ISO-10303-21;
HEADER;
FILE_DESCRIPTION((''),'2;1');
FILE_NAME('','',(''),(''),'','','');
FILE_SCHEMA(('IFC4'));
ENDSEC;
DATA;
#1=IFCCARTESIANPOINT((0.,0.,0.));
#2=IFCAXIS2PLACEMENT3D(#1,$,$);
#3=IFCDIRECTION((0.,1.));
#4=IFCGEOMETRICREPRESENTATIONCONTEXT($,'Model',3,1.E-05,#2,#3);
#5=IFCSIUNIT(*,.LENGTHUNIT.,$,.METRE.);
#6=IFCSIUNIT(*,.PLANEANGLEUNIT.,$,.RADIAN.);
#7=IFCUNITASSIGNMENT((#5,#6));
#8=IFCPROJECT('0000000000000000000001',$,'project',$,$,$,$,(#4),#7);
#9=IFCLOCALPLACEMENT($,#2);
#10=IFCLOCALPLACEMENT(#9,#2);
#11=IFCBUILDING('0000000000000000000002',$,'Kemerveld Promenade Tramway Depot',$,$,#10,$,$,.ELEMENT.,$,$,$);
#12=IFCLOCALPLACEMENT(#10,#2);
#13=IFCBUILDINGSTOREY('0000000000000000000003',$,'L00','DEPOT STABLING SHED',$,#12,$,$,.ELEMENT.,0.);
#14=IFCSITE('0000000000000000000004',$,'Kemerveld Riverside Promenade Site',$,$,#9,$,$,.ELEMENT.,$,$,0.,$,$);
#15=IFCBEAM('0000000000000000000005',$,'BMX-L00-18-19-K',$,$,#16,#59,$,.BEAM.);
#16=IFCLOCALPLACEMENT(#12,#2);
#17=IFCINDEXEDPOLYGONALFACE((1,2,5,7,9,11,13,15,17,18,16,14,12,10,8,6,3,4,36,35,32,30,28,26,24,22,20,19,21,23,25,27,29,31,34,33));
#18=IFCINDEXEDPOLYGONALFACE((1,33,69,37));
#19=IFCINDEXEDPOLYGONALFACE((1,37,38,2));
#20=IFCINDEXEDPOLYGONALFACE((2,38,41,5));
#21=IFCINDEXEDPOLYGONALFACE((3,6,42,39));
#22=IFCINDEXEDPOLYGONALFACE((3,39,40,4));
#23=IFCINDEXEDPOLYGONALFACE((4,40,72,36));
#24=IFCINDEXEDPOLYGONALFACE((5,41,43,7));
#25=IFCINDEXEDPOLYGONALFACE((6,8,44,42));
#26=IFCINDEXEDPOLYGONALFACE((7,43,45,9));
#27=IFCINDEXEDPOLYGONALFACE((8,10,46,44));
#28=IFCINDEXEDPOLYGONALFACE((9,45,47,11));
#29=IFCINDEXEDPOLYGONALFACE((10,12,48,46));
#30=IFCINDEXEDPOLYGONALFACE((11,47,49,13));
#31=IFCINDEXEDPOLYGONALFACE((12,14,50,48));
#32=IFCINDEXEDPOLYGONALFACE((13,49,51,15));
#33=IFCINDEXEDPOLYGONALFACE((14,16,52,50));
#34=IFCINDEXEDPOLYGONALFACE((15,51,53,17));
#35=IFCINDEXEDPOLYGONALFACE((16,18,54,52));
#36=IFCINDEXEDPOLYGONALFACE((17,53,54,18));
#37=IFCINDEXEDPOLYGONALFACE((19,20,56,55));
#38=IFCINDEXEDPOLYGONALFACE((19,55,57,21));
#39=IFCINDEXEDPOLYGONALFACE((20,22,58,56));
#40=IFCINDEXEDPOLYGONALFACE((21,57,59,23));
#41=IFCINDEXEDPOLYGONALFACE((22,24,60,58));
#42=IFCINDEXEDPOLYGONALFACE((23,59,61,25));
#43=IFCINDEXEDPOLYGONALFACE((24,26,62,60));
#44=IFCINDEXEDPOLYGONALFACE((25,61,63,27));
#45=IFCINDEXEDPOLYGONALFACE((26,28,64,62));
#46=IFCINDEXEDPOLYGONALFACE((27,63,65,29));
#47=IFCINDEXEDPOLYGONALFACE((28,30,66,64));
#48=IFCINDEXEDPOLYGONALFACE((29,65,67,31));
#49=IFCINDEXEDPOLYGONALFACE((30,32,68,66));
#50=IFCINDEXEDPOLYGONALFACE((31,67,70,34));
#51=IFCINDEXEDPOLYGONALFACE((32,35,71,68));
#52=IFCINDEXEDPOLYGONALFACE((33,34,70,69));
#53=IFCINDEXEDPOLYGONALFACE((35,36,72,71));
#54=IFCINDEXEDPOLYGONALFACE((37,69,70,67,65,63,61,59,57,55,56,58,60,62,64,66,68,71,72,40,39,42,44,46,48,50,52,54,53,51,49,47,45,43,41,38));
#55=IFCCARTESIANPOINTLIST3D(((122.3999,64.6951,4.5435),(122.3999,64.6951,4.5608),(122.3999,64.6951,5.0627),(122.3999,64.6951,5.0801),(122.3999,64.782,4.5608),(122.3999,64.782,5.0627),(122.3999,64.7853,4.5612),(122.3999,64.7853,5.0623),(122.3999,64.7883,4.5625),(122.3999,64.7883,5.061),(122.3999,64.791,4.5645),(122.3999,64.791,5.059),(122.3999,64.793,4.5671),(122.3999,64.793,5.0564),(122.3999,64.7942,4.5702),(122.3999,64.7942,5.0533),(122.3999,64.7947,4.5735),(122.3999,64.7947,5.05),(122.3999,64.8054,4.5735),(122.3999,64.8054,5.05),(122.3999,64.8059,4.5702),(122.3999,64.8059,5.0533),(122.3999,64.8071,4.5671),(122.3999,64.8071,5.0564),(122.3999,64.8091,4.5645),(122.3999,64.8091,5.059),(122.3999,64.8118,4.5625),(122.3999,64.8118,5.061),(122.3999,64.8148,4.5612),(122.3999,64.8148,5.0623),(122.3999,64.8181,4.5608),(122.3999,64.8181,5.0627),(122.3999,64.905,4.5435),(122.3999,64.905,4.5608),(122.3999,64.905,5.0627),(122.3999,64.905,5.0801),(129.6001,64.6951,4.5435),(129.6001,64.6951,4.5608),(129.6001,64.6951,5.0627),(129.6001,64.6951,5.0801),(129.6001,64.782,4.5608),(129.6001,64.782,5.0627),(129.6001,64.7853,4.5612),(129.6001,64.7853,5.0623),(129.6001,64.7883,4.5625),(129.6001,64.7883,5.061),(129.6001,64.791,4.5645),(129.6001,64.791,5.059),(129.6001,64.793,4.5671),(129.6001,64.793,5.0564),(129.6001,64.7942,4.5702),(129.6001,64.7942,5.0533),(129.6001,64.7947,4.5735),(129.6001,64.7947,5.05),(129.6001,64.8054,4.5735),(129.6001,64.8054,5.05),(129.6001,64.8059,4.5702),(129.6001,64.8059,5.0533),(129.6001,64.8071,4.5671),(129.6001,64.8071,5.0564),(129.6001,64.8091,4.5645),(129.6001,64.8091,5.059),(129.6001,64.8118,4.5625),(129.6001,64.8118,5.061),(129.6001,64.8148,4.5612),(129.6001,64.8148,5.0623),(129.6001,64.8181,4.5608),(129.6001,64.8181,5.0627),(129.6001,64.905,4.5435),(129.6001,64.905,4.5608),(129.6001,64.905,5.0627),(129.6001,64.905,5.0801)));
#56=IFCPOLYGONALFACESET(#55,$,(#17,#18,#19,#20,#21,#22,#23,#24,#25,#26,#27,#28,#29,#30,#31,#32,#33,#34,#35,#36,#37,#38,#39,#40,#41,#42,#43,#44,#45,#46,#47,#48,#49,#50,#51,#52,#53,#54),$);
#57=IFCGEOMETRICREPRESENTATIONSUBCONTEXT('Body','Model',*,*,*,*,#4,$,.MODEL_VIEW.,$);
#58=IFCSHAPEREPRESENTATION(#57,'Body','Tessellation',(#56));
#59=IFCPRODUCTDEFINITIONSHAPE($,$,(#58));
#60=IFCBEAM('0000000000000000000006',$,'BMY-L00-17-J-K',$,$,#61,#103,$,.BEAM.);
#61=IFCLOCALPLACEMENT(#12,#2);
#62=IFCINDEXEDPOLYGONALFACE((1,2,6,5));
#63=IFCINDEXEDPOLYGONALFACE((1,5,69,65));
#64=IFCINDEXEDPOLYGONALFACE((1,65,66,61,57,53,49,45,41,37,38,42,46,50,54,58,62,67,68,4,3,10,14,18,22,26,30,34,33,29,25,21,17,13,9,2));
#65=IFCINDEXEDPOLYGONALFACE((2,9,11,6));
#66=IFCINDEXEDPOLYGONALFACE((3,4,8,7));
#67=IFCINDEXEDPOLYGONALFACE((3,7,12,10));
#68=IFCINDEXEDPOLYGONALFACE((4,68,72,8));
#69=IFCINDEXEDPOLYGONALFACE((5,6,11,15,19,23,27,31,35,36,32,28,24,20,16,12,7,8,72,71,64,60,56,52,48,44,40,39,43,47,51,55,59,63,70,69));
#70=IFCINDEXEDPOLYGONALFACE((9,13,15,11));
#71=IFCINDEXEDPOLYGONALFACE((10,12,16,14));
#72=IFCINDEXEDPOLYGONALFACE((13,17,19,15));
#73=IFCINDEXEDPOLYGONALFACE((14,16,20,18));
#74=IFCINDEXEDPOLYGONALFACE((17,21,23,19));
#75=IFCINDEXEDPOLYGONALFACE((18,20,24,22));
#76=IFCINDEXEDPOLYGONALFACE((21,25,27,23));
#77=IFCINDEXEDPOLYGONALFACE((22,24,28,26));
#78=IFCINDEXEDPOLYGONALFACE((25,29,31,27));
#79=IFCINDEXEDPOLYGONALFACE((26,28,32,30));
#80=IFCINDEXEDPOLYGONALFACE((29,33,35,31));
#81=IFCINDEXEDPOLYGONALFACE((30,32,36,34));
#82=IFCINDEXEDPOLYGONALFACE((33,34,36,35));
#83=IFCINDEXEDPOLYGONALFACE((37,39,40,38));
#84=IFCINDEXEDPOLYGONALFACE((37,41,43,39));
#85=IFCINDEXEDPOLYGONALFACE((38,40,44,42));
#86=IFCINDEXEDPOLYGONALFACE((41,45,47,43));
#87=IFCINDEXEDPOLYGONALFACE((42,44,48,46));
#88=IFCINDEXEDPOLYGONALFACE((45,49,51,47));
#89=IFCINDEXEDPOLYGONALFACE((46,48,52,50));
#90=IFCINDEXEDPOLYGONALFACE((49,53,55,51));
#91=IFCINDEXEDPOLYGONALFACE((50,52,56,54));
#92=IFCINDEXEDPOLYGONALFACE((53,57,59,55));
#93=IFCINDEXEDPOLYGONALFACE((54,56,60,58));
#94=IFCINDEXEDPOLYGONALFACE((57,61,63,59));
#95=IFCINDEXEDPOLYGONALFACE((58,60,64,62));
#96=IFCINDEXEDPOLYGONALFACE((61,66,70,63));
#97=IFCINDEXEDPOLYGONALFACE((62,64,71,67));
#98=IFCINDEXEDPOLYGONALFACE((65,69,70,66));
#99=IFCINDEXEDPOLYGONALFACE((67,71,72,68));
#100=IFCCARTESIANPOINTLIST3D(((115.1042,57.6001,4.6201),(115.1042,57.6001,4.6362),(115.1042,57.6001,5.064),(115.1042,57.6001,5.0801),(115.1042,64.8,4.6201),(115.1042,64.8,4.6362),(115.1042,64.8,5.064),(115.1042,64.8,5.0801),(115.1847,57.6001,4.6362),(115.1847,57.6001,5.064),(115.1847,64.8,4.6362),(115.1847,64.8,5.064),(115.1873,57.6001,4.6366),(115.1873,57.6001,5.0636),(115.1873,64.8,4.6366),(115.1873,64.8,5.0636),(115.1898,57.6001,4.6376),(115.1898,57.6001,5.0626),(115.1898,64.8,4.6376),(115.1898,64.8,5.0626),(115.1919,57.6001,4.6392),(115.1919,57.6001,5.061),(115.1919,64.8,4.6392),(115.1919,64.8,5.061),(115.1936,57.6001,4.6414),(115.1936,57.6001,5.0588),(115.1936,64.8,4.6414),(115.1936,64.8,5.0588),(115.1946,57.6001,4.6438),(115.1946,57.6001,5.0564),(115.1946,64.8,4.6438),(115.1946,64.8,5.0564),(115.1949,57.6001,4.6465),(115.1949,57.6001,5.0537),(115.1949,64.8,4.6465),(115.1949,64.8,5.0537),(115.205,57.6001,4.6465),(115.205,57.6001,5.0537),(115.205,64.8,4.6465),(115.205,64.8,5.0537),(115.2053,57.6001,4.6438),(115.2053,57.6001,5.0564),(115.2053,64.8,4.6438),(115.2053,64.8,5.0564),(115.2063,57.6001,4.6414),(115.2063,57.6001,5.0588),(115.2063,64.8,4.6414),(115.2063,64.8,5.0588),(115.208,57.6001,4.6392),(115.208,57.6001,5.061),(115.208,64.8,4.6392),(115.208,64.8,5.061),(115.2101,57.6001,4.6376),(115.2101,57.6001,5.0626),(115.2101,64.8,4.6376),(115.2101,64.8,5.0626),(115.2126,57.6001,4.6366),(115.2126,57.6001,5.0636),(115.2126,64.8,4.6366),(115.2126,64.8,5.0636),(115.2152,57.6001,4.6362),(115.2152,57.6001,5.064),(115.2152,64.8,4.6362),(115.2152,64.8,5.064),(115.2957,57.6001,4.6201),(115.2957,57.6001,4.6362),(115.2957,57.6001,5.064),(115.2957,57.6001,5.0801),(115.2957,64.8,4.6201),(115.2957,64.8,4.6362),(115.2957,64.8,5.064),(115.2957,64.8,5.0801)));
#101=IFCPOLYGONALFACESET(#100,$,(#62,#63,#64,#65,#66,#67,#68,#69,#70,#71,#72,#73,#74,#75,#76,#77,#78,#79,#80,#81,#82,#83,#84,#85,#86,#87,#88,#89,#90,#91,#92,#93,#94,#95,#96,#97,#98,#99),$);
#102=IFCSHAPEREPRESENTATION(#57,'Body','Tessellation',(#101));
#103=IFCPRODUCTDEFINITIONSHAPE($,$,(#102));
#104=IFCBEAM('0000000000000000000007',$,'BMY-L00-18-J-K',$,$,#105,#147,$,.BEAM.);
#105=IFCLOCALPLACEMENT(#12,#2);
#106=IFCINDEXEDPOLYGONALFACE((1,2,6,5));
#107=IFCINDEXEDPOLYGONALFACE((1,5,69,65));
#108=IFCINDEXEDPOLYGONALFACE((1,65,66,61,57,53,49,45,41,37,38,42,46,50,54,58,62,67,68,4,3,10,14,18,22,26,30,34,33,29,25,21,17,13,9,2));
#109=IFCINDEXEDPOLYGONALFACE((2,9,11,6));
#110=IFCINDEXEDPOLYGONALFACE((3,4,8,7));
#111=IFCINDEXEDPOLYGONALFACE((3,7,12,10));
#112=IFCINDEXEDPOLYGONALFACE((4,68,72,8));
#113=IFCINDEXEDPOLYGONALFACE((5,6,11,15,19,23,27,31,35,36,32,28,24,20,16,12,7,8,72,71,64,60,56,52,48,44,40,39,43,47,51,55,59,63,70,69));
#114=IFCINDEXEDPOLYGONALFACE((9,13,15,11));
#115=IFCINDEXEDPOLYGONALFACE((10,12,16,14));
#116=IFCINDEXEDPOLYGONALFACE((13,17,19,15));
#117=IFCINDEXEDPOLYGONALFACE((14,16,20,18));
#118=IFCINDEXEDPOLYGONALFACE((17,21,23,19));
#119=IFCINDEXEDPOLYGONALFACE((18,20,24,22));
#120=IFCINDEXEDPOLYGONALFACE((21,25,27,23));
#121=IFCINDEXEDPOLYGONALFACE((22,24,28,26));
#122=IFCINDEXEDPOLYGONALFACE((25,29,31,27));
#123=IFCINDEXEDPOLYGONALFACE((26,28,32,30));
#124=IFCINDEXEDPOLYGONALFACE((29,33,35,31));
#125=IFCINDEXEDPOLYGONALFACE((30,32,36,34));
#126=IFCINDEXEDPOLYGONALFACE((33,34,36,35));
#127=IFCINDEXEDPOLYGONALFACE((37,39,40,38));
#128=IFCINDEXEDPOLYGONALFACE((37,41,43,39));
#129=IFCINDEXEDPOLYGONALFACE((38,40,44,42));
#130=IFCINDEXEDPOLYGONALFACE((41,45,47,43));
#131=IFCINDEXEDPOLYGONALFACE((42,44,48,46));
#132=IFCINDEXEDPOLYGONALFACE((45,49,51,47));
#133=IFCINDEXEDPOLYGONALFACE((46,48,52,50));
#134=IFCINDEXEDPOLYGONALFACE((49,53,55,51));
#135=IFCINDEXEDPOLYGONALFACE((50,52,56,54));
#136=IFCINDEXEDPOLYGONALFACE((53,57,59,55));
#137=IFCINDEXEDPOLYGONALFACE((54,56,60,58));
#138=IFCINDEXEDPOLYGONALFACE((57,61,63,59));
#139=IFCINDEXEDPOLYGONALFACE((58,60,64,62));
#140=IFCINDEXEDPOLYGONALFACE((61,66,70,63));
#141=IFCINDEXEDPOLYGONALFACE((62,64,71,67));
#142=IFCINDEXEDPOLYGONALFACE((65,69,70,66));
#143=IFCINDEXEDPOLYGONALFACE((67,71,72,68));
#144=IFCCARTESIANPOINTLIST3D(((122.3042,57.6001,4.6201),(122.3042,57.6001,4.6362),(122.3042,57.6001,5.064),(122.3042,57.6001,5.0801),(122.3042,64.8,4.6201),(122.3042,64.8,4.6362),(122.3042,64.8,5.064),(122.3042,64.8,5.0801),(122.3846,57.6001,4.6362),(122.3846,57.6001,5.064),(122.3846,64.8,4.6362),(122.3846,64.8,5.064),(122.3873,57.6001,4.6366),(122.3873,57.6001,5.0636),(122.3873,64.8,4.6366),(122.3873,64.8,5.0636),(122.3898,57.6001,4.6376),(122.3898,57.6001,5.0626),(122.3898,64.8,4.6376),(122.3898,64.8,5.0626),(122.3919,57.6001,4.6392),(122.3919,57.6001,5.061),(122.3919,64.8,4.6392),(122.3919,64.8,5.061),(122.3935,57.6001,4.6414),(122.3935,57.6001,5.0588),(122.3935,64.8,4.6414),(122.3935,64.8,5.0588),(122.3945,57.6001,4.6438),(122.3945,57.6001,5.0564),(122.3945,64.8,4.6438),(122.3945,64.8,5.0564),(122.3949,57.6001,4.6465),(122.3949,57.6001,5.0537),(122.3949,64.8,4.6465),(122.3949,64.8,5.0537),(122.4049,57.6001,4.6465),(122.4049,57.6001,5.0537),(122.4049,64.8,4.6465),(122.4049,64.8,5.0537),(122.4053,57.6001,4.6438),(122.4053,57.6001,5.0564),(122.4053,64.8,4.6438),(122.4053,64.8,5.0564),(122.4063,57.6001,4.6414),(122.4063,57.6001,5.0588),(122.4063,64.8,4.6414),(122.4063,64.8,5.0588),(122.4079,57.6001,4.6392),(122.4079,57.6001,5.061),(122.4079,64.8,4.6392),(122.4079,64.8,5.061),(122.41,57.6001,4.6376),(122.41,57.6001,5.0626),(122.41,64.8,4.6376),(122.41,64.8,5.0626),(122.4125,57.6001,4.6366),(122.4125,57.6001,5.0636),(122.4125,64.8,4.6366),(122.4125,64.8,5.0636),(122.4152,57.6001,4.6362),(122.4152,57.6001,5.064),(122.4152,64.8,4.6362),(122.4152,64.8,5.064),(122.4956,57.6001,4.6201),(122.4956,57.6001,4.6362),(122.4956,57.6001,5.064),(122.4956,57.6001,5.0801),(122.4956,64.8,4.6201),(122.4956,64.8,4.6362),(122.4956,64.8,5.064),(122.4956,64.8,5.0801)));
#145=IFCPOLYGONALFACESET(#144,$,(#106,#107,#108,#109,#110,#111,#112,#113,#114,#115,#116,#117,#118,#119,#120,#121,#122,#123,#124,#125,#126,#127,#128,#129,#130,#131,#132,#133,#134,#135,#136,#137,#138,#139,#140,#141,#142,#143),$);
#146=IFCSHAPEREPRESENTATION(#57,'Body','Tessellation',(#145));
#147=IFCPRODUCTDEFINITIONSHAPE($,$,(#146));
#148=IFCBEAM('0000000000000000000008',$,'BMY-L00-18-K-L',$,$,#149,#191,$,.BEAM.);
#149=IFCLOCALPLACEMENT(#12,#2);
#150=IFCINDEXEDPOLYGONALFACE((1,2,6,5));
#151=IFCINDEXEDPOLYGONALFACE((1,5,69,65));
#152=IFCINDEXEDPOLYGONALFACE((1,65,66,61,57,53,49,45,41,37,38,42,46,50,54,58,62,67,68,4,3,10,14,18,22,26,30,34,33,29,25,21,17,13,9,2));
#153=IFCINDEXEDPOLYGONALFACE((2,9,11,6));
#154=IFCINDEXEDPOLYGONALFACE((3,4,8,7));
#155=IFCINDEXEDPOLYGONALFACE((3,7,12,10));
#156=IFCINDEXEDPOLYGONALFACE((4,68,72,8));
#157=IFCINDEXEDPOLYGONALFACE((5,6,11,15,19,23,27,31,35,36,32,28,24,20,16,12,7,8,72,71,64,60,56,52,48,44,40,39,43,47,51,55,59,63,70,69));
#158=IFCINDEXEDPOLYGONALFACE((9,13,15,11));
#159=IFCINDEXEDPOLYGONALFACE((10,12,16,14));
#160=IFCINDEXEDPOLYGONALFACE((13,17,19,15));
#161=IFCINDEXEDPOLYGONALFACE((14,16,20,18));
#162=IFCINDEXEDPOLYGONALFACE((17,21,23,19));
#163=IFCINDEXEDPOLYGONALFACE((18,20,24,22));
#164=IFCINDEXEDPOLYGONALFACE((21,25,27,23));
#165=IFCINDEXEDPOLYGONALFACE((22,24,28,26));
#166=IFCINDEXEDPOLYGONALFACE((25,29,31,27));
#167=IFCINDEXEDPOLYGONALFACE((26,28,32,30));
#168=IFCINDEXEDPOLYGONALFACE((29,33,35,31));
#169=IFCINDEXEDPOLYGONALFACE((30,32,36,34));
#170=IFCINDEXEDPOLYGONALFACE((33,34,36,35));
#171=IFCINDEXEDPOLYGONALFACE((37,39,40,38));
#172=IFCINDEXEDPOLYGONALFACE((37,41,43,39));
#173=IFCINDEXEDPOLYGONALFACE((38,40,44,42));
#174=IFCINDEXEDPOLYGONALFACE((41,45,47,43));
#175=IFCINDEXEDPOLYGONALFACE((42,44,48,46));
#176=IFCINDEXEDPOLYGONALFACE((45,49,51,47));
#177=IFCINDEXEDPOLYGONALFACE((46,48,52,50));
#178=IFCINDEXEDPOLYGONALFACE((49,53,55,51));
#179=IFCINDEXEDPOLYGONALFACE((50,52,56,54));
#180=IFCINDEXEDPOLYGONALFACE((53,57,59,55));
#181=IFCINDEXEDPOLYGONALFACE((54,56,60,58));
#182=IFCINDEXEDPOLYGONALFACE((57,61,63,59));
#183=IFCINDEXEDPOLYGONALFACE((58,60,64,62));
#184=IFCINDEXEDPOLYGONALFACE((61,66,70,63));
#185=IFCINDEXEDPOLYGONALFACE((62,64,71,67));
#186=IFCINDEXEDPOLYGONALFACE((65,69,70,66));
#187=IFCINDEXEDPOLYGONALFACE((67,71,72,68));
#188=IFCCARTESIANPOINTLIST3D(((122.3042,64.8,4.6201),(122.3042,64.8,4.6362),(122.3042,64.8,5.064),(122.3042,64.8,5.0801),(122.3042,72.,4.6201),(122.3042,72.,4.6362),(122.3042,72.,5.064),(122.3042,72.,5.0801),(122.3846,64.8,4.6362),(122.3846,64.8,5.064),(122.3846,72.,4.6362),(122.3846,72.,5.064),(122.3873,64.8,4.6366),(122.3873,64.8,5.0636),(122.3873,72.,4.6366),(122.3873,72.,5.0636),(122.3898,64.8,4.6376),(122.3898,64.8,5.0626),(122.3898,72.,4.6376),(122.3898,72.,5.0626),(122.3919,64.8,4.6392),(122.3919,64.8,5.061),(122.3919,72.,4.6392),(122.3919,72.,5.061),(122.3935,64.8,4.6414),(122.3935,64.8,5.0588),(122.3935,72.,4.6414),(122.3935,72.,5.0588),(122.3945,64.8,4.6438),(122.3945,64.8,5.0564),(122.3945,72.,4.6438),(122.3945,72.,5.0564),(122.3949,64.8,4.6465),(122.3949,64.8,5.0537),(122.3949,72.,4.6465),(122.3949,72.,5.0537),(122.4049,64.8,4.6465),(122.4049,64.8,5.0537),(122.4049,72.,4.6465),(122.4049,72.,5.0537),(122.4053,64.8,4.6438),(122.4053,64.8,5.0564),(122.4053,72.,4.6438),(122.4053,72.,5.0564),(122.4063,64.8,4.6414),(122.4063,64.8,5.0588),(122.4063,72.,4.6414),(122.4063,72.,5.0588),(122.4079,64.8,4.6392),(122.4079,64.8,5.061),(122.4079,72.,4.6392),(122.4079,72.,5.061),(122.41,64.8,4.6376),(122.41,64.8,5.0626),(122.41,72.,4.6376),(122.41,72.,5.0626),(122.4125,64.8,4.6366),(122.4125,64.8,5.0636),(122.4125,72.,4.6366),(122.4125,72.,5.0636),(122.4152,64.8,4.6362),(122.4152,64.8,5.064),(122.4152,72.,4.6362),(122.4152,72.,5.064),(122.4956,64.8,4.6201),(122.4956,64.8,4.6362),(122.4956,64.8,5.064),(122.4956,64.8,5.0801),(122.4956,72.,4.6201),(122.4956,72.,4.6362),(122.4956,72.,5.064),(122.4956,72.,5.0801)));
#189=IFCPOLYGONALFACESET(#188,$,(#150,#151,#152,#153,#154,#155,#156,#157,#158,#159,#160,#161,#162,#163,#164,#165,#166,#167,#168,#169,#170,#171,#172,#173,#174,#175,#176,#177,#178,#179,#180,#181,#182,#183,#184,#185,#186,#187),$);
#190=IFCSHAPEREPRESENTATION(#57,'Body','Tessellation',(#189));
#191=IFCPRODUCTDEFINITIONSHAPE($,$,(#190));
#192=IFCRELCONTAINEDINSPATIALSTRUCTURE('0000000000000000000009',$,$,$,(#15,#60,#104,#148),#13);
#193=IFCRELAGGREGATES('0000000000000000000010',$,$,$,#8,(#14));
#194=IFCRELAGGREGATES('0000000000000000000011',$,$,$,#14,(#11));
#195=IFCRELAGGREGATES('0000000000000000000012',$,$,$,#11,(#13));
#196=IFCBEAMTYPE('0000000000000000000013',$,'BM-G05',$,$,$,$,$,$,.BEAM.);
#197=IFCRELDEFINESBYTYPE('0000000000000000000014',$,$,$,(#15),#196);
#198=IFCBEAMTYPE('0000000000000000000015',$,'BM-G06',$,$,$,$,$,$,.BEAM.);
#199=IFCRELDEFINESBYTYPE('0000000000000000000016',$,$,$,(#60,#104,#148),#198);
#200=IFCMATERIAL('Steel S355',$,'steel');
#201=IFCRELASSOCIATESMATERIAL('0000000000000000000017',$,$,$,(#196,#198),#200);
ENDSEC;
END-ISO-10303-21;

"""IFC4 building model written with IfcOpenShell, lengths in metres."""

from ifc_helpers import new_model, si_unit, direction, frame, origin, origin_2d, place, context, subcontext, project, spatial, i_section, extrude, material, material_profile, profile_set, type_object, element, save


model = new_model("IFC4")

# Units and contexts
model_context = context("Model", 3, precision=1e-05, world=origin(), true_north=direction((0.0, 1.0)))
body_context = subcontext(model_context, "Body", "Model", "MODEL_VIEW")
ifc_project = project(units=[si_unit("LENGTHUNIT", "METRE"), si_unit("PLANEANGLEUNIT", "RADIAN")], contexts=[model_context])

# Site, building, storey
site_placement = place(None, origin())
site = spatial("IfcSite", under=ifc_project, at=site_placement, Name="Kemerveld Riverside Promenade Site", CompositionType="ELEMENT", RefElevation=0.0)
building_placement = place(site_placement, origin())
building = spatial("IfcBuilding", under=site, at=building_placement, Name="Kemerveld Promenade Tramway Depot", CompositionType="ELEMENT")
storey_placement = place(building_placement, origin())
storey = spatial("IfcBuildingStorey", under=building, at=storey_placement, Name="L00", Description="DEPOT STABLING SHED", CompositionType="ELEMENT", Elevation=0.0)

# Beams
ifc_material_1 = material(Name="Steel S355", Category="steel")
ifc_material_profile_1 = material_profile(ifc_material_1, i_section(OverallWidth=0.21, OverallDepth=0.5366, WebThickness=0.0107, FlangeThickness=0.0173, FilletRadius=0.0127, at=origin_2d()), Name="533x210x101 UB")
ifc_profile_set_1 = profile_set([ifc_material_profile_1], Name="Steel S355")
beam_type_1 = type_object("IfcBeamType", Name="BM-G05", PredefinedType="BEAM", material=ifc_profile_set_1)
beam_1_placement = place(storey_placement, frame((122.3999, 64.8, 4.8118), z_axis=(1.0, 0.0, 0.0), x_axis=(0.0, 1.0, 0.0)))
element("IfcBeam", 1, at=beam_1_placement, inside=storey, type_object=beam_type_1, Name="BMX-L00-18-19-K", PredefinedType="BEAM", context=body_context, shape_type="SweptSolid", body=[
    extrude(i_section(OverallWidth=0.21, OverallDepth=0.5366, WebThickness=0.0107, FlangeThickness=0.0173, FilletRadius=0.0127, at=origin_2d()), origin(), (0.0, 0.0, 1.0), 7.2002),
])
ifc_material_profile_2 = material_profile(ifc_material_1, i_section(OverallWidth=0.1914, OverallDepth=0.46, WebThickness=0.01, FlangeThickness=0.0161, FilletRadius=0.0103, at=origin_2d()), Name="457x191x82 UB")
ifc_profile_set_2 = profile_set([ifc_material_profile_2], Name="Steel S355")
beam_type_2 = type_object("IfcBeamType", Name="BM-G06", PredefinedType="BEAM", material=ifc_profile_set_2)
for number, where, z_axis, x_axis, name in (
    (2, (115.2, 57.6001, 4.8501), (0.0, 1.0, 0.0), (-1.0, 0.0, 0.0), "BMY-L00-17-J-K"),
    (3, (122.3999, 57.6001, 4.8501), (0.0, 1.0, 0.0), (-1.0, 0.0, 0.0), "BMY-L00-18-J-K"),
    (4, (122.3999, 64.8, 4.8501), (0.0, 1.0, 0.0), (-1.0, 0.0, 0.0), "BMY-L00-18-K-L"),
):
    element("IfcBeam", number, at=place(storey_placement, frame(where, z_axis=z_axis, x_axis=x_axis)), inside=storey, type_object=beam_type_2, Name=name, PredefinedType="BEAM", context=body_context, shape_type="SweptSolid", body=[
        extrude(i_section(OverallWidth=0.1914, OverallDepth=0.46, WebThickness=0.01, FlangeThickness=0.0161, FilletRadius=0.0103, at=origin_2d()), origin(), (0.0, 0.0, 1.0), 7.2),
    ])

save(model, "model.ifc")
